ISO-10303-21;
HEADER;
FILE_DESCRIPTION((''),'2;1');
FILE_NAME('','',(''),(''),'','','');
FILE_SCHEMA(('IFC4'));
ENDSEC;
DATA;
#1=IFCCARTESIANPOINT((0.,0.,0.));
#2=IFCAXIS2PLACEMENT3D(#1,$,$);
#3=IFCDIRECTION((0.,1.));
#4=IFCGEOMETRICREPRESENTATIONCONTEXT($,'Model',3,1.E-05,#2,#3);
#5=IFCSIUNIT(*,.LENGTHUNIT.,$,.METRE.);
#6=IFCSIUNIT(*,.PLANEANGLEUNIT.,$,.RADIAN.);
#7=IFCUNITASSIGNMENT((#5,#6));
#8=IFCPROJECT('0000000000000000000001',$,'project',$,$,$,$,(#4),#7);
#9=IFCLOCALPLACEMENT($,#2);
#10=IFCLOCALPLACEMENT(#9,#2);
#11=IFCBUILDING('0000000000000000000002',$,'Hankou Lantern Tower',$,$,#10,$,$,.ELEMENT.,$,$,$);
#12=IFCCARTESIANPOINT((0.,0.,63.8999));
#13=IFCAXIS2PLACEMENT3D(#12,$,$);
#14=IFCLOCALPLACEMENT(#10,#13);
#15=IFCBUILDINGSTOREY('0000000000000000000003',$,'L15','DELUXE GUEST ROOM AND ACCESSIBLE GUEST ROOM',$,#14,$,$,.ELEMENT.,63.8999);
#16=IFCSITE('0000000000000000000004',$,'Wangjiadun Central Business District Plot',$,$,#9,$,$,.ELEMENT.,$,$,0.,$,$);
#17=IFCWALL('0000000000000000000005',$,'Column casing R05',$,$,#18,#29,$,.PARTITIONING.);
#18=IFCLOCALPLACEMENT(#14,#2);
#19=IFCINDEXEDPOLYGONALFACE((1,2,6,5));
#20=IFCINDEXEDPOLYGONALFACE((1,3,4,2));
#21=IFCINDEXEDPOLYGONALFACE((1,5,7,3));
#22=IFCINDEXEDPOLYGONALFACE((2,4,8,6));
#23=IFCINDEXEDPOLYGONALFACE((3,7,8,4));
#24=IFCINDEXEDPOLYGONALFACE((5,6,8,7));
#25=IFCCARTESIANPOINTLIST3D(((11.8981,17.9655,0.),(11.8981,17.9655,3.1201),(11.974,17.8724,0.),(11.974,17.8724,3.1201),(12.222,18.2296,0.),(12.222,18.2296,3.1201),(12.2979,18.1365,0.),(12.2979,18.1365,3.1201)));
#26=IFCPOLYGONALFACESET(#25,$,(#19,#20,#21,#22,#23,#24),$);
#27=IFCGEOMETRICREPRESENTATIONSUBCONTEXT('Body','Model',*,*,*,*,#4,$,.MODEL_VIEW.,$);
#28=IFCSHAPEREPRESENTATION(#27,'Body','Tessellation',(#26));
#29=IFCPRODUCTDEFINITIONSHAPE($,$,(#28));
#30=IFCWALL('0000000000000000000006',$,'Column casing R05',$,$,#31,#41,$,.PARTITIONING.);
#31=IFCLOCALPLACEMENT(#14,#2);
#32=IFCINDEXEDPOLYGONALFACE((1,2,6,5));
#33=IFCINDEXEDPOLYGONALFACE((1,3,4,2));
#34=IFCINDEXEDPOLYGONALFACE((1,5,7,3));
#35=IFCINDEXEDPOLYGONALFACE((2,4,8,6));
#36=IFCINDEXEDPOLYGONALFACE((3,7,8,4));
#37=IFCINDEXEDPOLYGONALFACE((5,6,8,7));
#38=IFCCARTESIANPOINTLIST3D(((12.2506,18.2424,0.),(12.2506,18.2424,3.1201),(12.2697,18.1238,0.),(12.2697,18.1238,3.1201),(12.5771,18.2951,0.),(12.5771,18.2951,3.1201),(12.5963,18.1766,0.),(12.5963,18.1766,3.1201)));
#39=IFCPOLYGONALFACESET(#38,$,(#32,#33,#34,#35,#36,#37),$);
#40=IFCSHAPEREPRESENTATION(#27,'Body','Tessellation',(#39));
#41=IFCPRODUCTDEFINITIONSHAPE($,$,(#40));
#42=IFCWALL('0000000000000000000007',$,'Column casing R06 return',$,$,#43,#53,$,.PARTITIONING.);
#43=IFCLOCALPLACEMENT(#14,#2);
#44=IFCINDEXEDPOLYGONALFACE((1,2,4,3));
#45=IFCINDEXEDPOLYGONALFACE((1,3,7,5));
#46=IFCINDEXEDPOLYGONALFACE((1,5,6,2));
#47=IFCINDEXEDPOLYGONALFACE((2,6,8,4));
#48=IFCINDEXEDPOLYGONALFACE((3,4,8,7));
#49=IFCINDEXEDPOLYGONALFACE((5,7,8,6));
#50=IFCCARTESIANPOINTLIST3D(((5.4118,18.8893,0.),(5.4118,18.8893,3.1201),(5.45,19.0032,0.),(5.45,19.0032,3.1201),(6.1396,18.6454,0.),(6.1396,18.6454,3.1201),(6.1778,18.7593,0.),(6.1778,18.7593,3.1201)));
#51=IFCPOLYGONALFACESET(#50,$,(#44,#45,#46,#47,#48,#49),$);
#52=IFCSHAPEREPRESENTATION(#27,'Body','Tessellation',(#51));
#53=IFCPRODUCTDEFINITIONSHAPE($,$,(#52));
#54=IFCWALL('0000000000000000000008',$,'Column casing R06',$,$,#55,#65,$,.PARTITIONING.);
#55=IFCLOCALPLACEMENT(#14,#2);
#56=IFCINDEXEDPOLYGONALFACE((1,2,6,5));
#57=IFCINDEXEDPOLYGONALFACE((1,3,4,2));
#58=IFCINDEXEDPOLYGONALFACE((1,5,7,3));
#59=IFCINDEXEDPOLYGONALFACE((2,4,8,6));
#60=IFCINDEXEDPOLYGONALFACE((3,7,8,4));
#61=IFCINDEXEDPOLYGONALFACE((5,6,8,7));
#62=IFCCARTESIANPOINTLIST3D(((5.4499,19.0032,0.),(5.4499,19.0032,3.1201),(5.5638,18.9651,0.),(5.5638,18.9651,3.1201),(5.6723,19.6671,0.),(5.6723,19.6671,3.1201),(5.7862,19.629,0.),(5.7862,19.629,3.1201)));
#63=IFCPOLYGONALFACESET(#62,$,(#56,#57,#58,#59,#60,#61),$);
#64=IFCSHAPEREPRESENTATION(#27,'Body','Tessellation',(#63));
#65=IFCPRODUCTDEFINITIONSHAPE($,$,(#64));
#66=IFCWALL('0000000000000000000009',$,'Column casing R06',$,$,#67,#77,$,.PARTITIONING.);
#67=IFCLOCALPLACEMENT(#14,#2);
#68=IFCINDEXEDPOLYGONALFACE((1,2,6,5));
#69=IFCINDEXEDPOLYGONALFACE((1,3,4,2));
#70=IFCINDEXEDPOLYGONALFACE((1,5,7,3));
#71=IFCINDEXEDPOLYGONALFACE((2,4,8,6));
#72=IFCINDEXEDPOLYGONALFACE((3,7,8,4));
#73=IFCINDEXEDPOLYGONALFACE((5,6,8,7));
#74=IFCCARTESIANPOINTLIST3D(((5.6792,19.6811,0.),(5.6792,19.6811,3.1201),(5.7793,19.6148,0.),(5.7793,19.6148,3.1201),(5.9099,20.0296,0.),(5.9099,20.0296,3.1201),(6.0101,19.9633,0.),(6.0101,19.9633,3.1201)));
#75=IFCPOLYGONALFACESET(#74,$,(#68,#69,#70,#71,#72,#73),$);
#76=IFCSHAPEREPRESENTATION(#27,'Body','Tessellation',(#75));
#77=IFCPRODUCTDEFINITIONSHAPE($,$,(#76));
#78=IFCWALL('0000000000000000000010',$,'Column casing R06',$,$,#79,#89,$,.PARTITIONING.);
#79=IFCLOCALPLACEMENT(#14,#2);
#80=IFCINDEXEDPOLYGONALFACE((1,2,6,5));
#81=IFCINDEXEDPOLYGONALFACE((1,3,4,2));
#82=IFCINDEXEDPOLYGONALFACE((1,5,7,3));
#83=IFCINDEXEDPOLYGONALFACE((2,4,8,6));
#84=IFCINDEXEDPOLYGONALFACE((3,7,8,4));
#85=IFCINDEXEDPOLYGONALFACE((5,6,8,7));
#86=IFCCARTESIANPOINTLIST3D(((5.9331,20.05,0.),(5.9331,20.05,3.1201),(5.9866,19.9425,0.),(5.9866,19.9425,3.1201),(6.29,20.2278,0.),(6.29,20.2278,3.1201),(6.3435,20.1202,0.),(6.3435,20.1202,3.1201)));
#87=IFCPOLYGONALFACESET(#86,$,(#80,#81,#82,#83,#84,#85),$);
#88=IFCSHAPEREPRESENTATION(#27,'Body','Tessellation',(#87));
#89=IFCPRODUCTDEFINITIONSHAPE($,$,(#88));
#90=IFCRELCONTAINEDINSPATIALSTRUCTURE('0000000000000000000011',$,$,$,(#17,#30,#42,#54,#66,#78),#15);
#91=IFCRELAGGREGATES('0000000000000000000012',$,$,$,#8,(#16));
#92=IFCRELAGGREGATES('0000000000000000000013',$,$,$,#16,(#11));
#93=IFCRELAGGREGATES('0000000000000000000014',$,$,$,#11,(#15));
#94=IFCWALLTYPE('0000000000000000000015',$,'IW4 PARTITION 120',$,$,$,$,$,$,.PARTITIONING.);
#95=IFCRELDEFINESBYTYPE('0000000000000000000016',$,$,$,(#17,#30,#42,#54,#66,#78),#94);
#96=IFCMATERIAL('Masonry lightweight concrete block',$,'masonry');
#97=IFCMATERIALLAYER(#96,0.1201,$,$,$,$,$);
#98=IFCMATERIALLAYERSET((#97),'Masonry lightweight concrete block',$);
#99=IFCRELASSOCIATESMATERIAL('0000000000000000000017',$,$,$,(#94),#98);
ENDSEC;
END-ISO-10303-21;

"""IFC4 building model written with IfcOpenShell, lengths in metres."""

from ifc_helpers import new_model, si_unit, direction, frame, frame_2d, origin, place, context, subcontext, project, spatial, rectangle, extrude, material, layer, layer_set, type_object, element, save


model = new_model("IFC4")

# Units and contexts
model_context = context("Model", 3, precision=1e-05, world=origin(), true_north=direction((0.0, 1.0)))
body_context = subcontext(model_context, "Body", "Model", "MODEL_VIEW")
ifc_project = project(units=[si_unit("LENGTHUNIT", "METRE"), si_unit("PLANEANGLEUNIT", "RADIAN")], contexts=[model_context])

# Site, building, storey
site_placement = place(None, origin())
site = spatial("IfcSite", under=ifc_project, at=site_placement, Name="Wangjiadun Central Business District Plot", CompositionType="ELEMENT", RefElevation=0.0)
building_placement = place(site_placement, origin())
building = spatial("IfcBuilding", under=site, at=building_placement, Name="Hankou Lantern Tower", CompositionType="ELEMENT")
storey_placement = place(building_placement, frame((0.0, 0.0, 63.8999)))
storey = spatial("IfcBuildingStorey", under=building, at=storey_placement, Name="L15", Description="DELUXE GUEST ROOM AND ACCESSIBLE GUEST ROOM", CompositionType="ELEMENT", Elevation=63.8999)

# Walls
ifc_material_1 = material(Name="Masonry lightweight concrete block", Category="masonry")
ifc_layer_1 = layer(ifc_material_1, 0.1201)
ifc_layer_set_1 = layer_set([ifc_layer_1], Name="Masonry lightweight concrete block")
wall_type_1 = type_object("IfcWallType", Name="IW4 PARTITION 120", PredefinedType="PARTITIONING", material=ifc_layer_set_1)
wall_1_placement = place(storey_placement, frame((11.936, 17.9189, 0.0), z_axis=(0.0, 0.0, 1.0), x_axis=(0.775023, 0.631933, 0.0)))
element("IfcWall", 1, at=wall_1_placement, inside=storey, type_object=wall_type_1, Name="Column casing R05", PredefinedType="PARTITIONING", context=body_context, shape_type="SweptSolid", body=[
    extrude(rectangle(XDim=0.418, YDim=0.1201, at=frame_2d((0.209, 0.0))), origin(), (0.0, 0.0, 1.0), 3.1201),
])
wall_2_placement = place(storey_placement, frame((12.26, 18.1831, 0.0), z_axis=(0.0, 0.0, 1.0), x_axis=(0.987219, 0.159372, 0.0)))
element("IfcWall", 2, at=wall_2_placement, inside=storey, type_object=wall_type_1, Name="Column casing R05", PredefinedType="PARTITIONING", context=body_context, shape_type="SweptSolid", body=[
    extrude(rectangle(XDim=0.3308, YDim=0.1201, at=frame_2d((0.1655, 0.0))), origin(), (0.0, 0.0, 1.0), 3.1201),
])
wall_3_placement = place(storey_placement, frame((6.1587, 18.7024, 0.0), z_axis=(0.0, 0.0, 1.0), x_axis=(-0.948173, 0.317754, 0.0)))
element("IfcWall", 3, at=wall_3_placement, inside=storey, type_object=wall_type_1, Name="Column casing R06 return", PredefinedType="PARTITIONING", context=body_context, shape_type="SweptSolid", body=[
    extrude(rectangle(XDim=0.7676, YDim=0.1201, at=frame_2d((0.3838, 0.0))), origin(), (0.0, 0.0, 1.0), 3.1201),
])
wall_4_placement = place(storey_placement, frame((5.5068, 18.9841, 0.0), z_axis=(0.0, 0.0, 1.0), x_axis=(0.317692, 0.948194, 0.0)))
element("IfcWall", 4, at=wall_4_placement, inside=storey, type_object=wall_type_1, Name="Column casing R06", PredefinedType="PARTITIONING", context=body_context, shape_type="SweptSolid", body=[
    extrude(rectangle(XDim=0.7002, YDim=0.1201, at=frame_2d((0.3501, 0.0))), origin(), (0.0, 0.0, 1.0), 3.1201),
])
wall_5_placement = place(storey_placement, frame((5.7292, 19.6479, 0.0), z_axis=(0.0, 0.0, 1.0), x_axis=(0.552136, 0.833754, 0.0)))
element("IfcWall", 5, at=wall_5_placement, inside=storey, type_object=wall_type_1, Name="Column casing R06", PredefinedType="PARTITIONING", context=body_context, shape_type="SweptSolid", body=[
    extrude(rectangle(XDim=0.418, YDim=0.1201, at=frame_2d((0.209, 0.0))), origin(), (0.0, 0.0, 1.0), 3.1201),
])
wall_6_placement = place(storey_placement, frame((5.96, 19.9963, 0.0), z_axis=(0.0, 0.0, 1.0), x_axis=(0.895161, 0.445744, 0.0)))
element("IfcWall", 6, at=wall_6_placement, inside=storey, type_object=wall_type_1, Name="Column casing R06", PredefinedType="PARTITIONING", context=body_context, shape_type="SweptSolid", body=[
    extrude(rectangle(XDim=0.3987, YDim=0.1201, at=frame_2d((0.1992, 0.0))), origin(), (0.0, 0.0, 1.0), 3.1201),
])

save(model, "model.ifc")
